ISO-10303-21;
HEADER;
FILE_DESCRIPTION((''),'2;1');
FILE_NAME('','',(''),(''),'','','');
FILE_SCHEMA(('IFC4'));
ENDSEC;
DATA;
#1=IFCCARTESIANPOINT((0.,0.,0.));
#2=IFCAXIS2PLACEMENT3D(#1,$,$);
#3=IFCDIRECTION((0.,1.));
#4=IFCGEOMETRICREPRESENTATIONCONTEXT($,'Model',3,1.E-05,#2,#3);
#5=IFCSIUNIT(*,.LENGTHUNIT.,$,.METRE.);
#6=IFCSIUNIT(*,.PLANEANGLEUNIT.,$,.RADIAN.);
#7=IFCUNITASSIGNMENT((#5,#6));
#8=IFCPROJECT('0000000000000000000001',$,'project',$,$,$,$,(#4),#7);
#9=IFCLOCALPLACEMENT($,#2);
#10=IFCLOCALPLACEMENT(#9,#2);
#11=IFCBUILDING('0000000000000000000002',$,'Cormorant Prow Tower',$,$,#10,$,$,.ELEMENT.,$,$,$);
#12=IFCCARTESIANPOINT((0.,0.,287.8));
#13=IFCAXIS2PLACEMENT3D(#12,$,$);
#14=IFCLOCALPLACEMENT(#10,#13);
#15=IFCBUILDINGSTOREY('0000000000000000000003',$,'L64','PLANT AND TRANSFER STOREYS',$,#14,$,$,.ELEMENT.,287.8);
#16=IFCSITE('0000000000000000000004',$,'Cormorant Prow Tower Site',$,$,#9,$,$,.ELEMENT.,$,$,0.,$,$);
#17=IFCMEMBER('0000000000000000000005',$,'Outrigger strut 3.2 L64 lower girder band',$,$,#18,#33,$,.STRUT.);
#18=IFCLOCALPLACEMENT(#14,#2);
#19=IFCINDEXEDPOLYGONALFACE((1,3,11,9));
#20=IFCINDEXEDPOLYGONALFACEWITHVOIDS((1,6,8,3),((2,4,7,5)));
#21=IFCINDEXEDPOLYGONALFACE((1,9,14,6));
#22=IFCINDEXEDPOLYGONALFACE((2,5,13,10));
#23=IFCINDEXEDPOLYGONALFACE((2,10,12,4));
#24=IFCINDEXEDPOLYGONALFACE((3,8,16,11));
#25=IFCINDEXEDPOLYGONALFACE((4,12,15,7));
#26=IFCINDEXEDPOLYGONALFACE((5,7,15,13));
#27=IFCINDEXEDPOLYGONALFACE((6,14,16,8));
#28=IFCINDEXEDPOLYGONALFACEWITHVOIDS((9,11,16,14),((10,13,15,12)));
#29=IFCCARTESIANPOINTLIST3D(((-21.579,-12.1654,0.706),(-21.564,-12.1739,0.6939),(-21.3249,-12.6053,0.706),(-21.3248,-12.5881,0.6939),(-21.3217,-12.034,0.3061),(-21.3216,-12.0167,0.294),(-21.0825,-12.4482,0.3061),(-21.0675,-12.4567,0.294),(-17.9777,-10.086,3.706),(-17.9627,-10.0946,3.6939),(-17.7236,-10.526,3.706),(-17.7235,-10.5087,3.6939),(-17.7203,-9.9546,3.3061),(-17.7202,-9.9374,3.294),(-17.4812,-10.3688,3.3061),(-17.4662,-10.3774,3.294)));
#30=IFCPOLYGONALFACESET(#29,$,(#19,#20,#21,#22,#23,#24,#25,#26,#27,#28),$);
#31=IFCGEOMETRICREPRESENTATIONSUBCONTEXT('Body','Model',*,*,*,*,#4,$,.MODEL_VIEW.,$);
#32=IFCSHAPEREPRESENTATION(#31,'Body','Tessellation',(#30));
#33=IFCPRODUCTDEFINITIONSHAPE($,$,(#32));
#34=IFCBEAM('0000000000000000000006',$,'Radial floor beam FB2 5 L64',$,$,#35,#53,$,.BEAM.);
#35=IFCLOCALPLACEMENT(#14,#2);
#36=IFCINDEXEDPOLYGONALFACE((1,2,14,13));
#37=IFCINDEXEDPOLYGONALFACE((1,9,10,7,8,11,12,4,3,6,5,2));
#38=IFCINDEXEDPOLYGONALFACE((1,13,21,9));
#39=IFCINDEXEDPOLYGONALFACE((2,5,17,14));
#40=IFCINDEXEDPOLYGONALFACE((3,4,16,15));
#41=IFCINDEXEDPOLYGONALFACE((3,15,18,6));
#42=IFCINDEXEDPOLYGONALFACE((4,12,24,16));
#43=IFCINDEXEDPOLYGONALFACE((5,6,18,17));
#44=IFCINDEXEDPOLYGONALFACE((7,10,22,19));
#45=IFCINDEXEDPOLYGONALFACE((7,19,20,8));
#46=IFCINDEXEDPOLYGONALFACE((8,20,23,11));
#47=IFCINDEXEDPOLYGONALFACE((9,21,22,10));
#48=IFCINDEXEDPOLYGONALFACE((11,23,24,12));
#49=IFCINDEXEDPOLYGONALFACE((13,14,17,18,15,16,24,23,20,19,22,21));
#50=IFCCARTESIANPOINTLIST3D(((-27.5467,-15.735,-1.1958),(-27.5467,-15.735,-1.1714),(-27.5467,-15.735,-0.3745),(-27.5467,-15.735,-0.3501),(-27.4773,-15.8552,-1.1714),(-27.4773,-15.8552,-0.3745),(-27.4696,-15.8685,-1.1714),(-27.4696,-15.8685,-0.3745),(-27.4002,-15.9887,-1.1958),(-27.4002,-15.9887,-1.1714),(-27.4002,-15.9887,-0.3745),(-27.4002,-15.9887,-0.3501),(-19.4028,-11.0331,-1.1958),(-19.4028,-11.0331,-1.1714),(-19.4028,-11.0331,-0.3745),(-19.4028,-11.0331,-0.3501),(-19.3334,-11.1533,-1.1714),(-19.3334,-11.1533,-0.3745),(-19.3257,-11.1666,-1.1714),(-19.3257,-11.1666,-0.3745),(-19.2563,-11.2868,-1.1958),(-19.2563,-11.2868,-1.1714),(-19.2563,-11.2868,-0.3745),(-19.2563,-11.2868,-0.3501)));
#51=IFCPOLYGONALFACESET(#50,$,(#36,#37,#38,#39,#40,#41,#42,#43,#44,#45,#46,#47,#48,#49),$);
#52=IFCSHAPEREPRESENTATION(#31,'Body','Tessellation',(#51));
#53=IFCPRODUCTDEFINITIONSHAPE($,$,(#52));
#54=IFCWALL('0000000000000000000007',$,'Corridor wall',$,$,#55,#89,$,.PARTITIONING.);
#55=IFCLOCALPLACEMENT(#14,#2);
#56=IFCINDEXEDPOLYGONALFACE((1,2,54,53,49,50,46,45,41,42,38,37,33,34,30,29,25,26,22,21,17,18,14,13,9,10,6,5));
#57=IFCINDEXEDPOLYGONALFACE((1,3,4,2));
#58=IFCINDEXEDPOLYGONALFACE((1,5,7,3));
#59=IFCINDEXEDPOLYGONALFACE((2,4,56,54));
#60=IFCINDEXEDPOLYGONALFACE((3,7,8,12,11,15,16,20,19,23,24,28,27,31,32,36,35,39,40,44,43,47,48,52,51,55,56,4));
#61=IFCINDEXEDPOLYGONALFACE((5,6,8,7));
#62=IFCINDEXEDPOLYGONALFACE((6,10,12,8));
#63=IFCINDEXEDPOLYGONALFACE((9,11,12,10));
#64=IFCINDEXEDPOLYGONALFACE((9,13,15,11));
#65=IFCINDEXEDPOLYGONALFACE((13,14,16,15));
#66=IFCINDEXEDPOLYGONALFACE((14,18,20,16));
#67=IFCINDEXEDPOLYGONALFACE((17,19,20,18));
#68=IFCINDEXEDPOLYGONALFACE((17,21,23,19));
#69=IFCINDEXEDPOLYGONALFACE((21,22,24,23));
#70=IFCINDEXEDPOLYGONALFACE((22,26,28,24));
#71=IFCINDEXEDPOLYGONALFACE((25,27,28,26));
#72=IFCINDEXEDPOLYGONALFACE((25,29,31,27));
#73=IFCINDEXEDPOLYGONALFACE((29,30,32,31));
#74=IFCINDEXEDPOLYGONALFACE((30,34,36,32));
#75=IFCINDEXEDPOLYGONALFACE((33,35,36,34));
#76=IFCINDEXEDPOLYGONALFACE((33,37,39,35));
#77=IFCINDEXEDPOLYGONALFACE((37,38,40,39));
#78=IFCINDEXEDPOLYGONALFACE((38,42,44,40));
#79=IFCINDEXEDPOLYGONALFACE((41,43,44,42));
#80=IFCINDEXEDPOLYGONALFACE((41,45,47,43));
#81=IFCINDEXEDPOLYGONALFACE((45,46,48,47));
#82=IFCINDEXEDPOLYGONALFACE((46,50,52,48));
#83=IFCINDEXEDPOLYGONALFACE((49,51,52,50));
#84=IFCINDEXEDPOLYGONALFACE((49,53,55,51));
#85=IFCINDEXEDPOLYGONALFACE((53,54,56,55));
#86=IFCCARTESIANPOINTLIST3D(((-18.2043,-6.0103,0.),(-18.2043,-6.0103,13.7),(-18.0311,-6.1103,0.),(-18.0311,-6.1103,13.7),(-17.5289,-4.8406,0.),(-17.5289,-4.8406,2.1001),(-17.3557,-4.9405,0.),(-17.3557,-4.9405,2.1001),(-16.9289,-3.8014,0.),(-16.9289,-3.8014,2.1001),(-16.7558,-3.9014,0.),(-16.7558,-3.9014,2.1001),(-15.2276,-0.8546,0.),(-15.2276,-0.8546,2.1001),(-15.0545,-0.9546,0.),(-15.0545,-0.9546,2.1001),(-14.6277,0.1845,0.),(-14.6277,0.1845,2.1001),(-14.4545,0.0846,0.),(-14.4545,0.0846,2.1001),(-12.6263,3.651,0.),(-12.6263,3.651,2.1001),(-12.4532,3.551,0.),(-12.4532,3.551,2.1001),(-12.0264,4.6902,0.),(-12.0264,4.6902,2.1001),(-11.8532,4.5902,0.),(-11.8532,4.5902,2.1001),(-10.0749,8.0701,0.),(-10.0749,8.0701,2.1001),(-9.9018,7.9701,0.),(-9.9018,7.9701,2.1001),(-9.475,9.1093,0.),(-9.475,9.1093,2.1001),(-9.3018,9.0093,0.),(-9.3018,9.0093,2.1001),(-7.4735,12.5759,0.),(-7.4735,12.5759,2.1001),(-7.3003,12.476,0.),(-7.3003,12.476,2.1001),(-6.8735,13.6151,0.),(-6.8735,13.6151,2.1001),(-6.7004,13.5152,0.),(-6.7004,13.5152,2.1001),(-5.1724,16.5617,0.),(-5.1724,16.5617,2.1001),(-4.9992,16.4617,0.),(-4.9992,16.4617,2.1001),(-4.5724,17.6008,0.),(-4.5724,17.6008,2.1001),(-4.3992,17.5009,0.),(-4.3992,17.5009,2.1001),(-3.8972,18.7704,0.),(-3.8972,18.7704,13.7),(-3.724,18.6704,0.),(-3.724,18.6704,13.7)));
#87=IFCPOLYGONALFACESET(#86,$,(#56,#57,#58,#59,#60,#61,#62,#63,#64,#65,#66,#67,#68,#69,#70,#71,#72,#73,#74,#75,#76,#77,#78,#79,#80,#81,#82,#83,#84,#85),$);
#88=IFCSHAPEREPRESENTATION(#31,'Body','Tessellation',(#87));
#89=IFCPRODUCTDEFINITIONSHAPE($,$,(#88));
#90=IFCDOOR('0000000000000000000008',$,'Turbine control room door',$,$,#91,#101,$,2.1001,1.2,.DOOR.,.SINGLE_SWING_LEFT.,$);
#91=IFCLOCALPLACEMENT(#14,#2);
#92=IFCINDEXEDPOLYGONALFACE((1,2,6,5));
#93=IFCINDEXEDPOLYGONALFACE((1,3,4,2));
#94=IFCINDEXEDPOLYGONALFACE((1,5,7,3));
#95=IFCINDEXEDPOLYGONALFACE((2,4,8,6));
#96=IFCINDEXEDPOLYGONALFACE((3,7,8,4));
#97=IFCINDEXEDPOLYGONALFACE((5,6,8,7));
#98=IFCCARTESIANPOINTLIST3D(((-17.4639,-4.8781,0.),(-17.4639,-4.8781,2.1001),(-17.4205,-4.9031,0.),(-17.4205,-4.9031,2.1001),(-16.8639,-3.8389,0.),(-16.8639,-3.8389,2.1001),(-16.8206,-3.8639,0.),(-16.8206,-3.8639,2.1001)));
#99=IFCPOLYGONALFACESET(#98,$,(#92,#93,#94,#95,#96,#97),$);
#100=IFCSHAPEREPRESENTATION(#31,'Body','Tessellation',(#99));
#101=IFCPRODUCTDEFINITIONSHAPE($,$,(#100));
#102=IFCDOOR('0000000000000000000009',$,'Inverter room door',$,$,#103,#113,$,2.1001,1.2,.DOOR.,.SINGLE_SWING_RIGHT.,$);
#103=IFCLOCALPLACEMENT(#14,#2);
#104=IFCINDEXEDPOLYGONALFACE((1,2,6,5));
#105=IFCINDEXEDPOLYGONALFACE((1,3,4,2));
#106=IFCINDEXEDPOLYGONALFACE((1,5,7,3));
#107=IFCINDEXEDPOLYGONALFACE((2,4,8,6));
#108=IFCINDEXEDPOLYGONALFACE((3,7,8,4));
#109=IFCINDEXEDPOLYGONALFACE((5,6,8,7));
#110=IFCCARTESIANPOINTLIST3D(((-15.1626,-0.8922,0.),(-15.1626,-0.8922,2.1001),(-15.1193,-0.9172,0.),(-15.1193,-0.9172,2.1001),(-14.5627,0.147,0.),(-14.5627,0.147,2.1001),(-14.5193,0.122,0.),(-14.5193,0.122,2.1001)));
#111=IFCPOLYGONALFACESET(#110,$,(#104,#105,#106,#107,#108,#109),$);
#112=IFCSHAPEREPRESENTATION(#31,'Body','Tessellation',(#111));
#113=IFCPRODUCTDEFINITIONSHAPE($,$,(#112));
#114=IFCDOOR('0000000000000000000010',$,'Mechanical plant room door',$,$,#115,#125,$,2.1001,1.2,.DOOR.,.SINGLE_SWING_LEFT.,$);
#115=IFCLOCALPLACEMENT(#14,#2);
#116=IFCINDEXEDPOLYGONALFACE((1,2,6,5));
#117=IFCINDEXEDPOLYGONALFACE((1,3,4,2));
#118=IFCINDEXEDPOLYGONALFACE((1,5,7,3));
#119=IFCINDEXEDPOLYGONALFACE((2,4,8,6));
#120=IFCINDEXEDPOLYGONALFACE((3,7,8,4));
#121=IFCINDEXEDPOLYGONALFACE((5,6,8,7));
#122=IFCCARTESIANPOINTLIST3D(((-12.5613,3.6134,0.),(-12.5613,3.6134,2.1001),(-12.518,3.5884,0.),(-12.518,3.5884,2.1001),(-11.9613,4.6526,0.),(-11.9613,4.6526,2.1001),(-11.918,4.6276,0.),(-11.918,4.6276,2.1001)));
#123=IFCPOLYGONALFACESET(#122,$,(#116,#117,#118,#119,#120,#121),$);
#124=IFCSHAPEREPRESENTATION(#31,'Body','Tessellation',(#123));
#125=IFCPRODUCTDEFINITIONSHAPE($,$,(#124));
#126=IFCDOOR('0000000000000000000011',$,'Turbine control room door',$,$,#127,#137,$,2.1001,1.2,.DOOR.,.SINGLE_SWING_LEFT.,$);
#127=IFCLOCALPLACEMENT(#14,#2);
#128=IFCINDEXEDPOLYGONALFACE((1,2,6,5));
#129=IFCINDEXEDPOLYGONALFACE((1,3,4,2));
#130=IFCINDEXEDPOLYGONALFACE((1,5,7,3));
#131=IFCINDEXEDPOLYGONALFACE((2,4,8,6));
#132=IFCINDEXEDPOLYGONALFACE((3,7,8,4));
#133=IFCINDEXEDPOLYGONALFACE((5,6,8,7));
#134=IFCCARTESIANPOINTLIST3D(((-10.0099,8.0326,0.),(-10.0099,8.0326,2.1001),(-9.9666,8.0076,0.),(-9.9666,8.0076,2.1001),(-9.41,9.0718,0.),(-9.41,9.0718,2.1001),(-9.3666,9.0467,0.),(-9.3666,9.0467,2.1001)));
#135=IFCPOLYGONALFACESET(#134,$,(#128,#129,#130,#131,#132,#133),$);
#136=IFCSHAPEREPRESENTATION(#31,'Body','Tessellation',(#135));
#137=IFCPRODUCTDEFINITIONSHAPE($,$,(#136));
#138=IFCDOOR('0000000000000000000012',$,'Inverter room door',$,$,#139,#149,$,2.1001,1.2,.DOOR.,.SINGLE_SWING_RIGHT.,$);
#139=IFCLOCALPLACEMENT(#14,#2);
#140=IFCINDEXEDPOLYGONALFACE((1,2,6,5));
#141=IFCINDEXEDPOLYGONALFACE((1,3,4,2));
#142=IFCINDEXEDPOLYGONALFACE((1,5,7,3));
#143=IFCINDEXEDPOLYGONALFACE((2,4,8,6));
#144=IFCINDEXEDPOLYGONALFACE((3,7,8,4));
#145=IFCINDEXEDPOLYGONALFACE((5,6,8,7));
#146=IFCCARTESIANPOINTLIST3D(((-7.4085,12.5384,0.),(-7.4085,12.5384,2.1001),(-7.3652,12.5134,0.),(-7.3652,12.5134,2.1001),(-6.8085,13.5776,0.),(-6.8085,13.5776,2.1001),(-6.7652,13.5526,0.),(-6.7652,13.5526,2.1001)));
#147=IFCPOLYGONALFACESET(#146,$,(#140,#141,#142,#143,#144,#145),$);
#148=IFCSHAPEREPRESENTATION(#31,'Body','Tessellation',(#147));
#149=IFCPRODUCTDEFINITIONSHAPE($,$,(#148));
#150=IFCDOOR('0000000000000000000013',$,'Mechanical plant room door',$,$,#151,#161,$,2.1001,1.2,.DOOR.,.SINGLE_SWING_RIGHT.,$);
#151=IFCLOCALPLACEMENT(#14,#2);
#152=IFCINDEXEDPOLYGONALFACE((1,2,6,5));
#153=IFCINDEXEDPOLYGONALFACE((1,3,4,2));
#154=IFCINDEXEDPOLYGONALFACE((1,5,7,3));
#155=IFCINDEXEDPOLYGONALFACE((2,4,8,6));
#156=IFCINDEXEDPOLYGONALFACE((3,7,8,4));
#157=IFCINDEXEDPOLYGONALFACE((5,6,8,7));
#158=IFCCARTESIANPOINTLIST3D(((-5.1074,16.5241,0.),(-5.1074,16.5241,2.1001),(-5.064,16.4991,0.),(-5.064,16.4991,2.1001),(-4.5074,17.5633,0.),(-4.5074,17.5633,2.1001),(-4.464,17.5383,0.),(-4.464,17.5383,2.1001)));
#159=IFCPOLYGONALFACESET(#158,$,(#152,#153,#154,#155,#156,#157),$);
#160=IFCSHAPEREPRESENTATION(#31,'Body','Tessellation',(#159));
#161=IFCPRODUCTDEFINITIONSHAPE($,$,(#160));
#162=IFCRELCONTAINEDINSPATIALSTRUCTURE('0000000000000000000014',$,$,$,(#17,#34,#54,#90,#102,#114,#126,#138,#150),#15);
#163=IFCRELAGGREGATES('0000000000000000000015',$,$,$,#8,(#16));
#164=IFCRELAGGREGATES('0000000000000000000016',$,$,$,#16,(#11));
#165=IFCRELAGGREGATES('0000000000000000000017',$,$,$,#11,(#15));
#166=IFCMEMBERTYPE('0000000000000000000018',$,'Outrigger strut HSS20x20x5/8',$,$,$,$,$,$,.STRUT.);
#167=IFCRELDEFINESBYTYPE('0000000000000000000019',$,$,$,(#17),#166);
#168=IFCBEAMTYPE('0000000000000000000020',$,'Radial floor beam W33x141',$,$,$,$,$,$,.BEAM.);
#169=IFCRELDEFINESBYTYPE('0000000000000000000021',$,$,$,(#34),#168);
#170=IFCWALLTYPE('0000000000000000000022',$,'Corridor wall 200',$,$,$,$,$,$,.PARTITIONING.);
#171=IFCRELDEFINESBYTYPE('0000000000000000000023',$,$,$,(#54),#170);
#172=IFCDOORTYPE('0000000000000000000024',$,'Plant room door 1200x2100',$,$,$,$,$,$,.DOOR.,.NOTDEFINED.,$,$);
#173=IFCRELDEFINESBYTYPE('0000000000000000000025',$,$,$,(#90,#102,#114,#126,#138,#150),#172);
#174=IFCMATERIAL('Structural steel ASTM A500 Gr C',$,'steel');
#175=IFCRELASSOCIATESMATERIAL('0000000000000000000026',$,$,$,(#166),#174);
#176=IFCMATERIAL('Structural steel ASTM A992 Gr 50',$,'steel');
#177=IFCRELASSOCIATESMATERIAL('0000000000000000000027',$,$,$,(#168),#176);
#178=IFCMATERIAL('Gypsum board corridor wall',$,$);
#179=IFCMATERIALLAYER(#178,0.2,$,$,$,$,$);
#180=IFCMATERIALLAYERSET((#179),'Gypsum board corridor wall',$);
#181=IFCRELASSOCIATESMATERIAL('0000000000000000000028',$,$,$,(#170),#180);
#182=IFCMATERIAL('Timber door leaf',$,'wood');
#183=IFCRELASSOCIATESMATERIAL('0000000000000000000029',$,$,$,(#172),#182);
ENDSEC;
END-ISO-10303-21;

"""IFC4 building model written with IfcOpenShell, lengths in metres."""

from ifc_helpers import new_model, si_unit, direction, frame, frame_2d, origin, origin_2d, place, context, subcontext, project, spatial, rectangle, hollow_rectangle, i_section, extrude, material, layer, layer_set, material_profile, profile_set, type_object, element, fill, save


model = new_model("IFC4")

# Units and contexts
model_context = context("Model", 3, precision=1e-05, world=origin(), true_north=direction((0.0, 1.0)))
body_context = subcontext(model_context, "Body", "Model", "MODEL_VIEW")
ifc_project = project(units=[si_unit("LENGTHUNIT", "METRE"), si_unit("PLANEANGLEUNIT", "RADIAN")], contexts=[model_context])

# Site, building, storey
site_placement = place(None, origin())
site = spatial("IfcSite", under=ifc_project, at=site_placement, Name="Cormorant Prow Tower Site", CompositionType="ELEMENT", RefElevation=0.0)
building_placement = place(site_placement, origin())
building = spatial("IfcBuilding", under=site, at=building_placement, Name="Cormorant Prow Tower", CompositionType="ELEMENT")
storey_placement = place(building_placement, frame((0.0, 0.0, 287.8)))
storey = spatial("IfcBuildingStorey", under=building, at=storey_placement, Name="L64", Description="PLANT AND TRANSFER STOREYS", CompositionType="ELEMENT", Elevation=287.8)

# Member
ifc_material_1 = material(Name="Structural steel ASTM A500 Gr C", Category="steel")
ifc_material_profile_1 = material_profile(ifc_material_1, hollow_rectangle(XDim=0.5081, YDim=0.5081, WallThickness=0.0149, at=origin_2d()), Name="HSS20x20x5/8")
ifc_profile_set_1 = profile_set([ifc_material_profile_1], Name="Structural steel ASTM A500 Gr C")
member_type_1 = type_object("IfcMemberType", Name="Outrigger strut HSS20x20x5/8", PredefinedType="STRUT", material=ifc_profile_set_1)
member_1_placement = place(storey_placement, frame((-17.7219, -10.2317, 3.5), z_axis=(-0.702328, -0.405513, -0.585059), x_axis=(0.500022, -0.866013, 0.0)))
element("IfcMember", 1, at=member_1_placement, inside=storey, type_object=member_type_1, Name="Outrigger strut 3.2 L64 lower girder band", PredefinedType="STRUT", context=body_context, shape_type="SweptSolid", body=[
    extrude(hollow_rectangle(XDim=0.5081, YDim=0.5081, WallThickness=0.0149, at=origin_2d()), origin(), (0.0, 0.0, 1.0), 5.1277),
])

# Beam
ifc_material_2 = material(Name="Structural steel ASTM A992 Gr 50", Category="steel")
ifc_material_profile_2 = material_profile(ifc_material_2, i_section(OverallWidth=0.293, OverallDepth=0.8457, WebThickness=0.0154, FlangeThickness=0.0244, at=origin_2d()), Name="W33x141")
ifc_profile_set_2 = profile_set([ifc_material_profile_2], Name="Structural steel ASTM A992 Gr 50")
beam_type = type_object("IfcBeamType", Name="Radial floor beam W33x141", PredefinedType="BEAM", material=ifc_profile_set_2)
beam_placement = place(storey_placement, frame((-19.3296, -11.1599, -0.7729), z_axis=(-0.866022, -0.500006, 0.0), x_axis=(0.500006, -0.866022, 0.0)))
element("IfcBeam", 2, at=beam_placement, inside=storey, type_object=beam_type, Name="Radial floor beam FB2 5 L64", PredefinedType="BEAM", context=body_context, shape_type="SweptSolid", body=[
    extrude(i_section(OverallWidth=0.293, OverallDepth=0.8457, WebThickness=0.0154, FlangeThickness=0.0244, at=origin_2d()), origin(), (0.0, 0.0, 1.0), 9.4038),
])

# Wall, openings, doors
ifc_material_3 = material(Name="Gypsum board corridor wall")
ifc_layer = layer(ifc_material_3, 0.2)
ifc_layer_set = layer_set([ifc_layer], Name="Gypsum board corridor wall")
wall_type = type_object("IfcWallType", Name="Corridor wall 200", PredefinedType="PARTITIONING", material=ifc_layer_set)
wall_placement = place(storey_placement, frame((-18.1177, -6.0603, 0.0), z_axis=(0.0, 0.0, 1.0), x_axis=(0.499999, 0.866026, 0.0)))
wall = element("IfcWall", 3, at=wall_placement, inside=storey, type_object=wall_type, Name="Corridor wall", PredefinedType="PARTITIONING", context=body_context, shape_type="SweptSolid", body=[
    extrude(rectangle(XDim=28.6143, YDim=0.2, at=frame_2d((14.3071, 0.0))), origin(), (0.0, 0.0, 1.0), 13.7),
])
opening_1_placement = place(wall_placement, frame((1.3506, 0.0, 0.0)))
opening_1 = element("IfcOpeningElement", 4, at=opening_1_placement, cuts=wall, PredefinedType="OPENING", context=body_context, shape_type="SweptSolid", body=[
    extrude(rectangle(XDim=1.2, YDim=2.1001, at=frame_2d((0.6001, 1.05))), frame((0.0, 0.1099, 0.0), z_axis=(0.0, -1.0, 0.0), x_axis=(1.0, 0.0, 0.0)), (0.0, 0.0, 1.0), 0.22),
])
opening_2_placement = place(wall_placement, frame((5.9531, 0.0, 0.0)))
opening_2 = element("IfcOpeningElement", 5, at=opening_2_placement, cuts=wall, PredefinedType="OPENING", context=body_context, shape_type="SweptSolid", body=[
    extrude(rectangle(XDim=1.2, YDim=2.1001, at=frame_2d((0.6001, 1.05))), frame((0.0, 0.1099, 0.0), z_axis=(0.0, -1.0, 0.0), x_axis=(1.0, 0.0, 0.0)), (0.0, 0.0, 1.0), 0.22),
])
opening_3_placement = place(wall_placement, frame((11.1558, 0.0, 0.0)))
opening_3 = element("IfcOpeningElement", 6, at=opening_3_placement, cuts=wall, PredefinedType="OPENING", context=body_context, shape_type="SweptSolid", body=[
    extrude(rectangle(XDim=1.2, YDim=2.1001, at=frame_2d((0.6001, 1.05))), frame((0.0, 0.1099, 0.0), z_axis=(0.0, -1.0, 0.0), x_axis=(1.0, 0.0, 0.0)), (0.0, 0.0, 1.0), 0.22),
])
opening_4_placement = place(wall_placement, frame((16.2585, 0.0, 0.0)))
opening_4 = element("IfcOpeningElement", 7, at=opening_4_placement, cuts=wall, PredefinedType="OPENING", context=body_context, shape_type="SweptSolid", body=[
    extrude(rectangle(XDim=1.2, YDim=2.1001, at=frame_2d((0.6001, 1.05))), frame((0.0, 0.1099, 0.0), z_axis=(0.0, -1.0, 0.0), x_axis=(1.0, 0.0, 0.0)), (0.0, 0.0, 1.0), 0.22),
])
opening_5_placement = place(wall_placement, frame((21.4614, 0.0, 0.0)))
opening_5 = element("IfcOpeningElement", 8, at=opening_5_placement, cuts=wall, PredefinedType="OPENING", context=body_context, shape_type="SweptSolid", body=[
    extrude(rectangle(XDim=1.2, YDim=2.1001, at=frame_2d((0.6001, 1.05))), frame((0.0, 0.1099, 0.0), z_axis=(0.0, -1.0, 0.0), x_axis=(1.0, 0.0, 0.0)), (0.0, 0.0, 1.0), 0.22),
])
opening_6_placement = place(wall_placement, frame((26.0637, 0.0, 0.0)))
opening_6 = element("IfcOpeningElement", 9, at=opening_6_placement, cuts=wall, PredefinedType="OPENING", context=body_context, shape_type="SweptSolid", body=[
    extrude(rectangle(XDim=1.2, YDim=2.1001, at=frame_2d((0.6001, 1.05))), frame((0.0, 0.1099, 0.0), z_axis=(0.0, -1.0, 0.0), x_axis=(1.0, 0.0, 0.0)), (0.0, 0.0, 1.0), 0.22),
])
ifc_material_4 = material(Name="Timber door leaf", Category="wood")
door_type = type_object("IfcDoorType", Name="Plant room door 1200x2100", OperationType="NOTDEFINED", PredefinedType="DOOR", material=ifc_material_4)
door_1_placement = place(opening_1_placement, origin())
door_1 = element("IfcDoor", 10, at=door_1_placement, inside=storey, type_object=door_type, Name="Turbine control room door", OperationType="SINGLE_SWING_LEFT", OverallHeight=2.1001, OverallWidth=1.2, PredefinedType="DOOR", context=body_context, shape_type="SweptSolid", body=[
    extrude(rectangle(XDim=1.2, YDim=2.1001, at=frame_2d((0.6001, 1.05))), frame((0.0, 0.0249, 0.0), z_axis=(0.0, -1.0, 0.0), x_axis=(1.0, 0.0, 0.0)), (0.0, 0.0, 1.0), 0.05),
])
fill(opening_1, door_1)
door_2_placement = place(opening_2_placement, origin())
door_2 = element("IfcDoor", 11, at=door_2_placement, inside=storey, type_object=door_type, Name="Inverter room door", OperationType="SINGLE_SWING_RIGHT", OverallHeight=2.1001, OverallWidth=1.2, PredefinedType="DOOR", context=body_context, shape_type="SweptSolid", body=[
    extrude(rectangle(XDim=1.2, YDim=2.1001, at=frame_2d((0.6001, 1.05))), frame((0.0, 0.0249, 0.0), z_axis=(0.0, -1.0, 0.0), x_axis=(1.0, 0.0, 0.0)), (0.0, 0.0, 1.0), 0.05),
])
fill(opening_2, door_2)
door_3_placement = place(opening_3_placement, origin())
door_3 = element("IfcDoor", 12, at=door_3_placement, inside=storey, type_object=door_type, Name="Mechanical plant room door", OperationType="SINGLE_SWING_LEFT", OverallHeight=2.1001, OverallWidth=1.2, PredefinedType="DOOR", context=body_context, shape_type="SweptSolid", body=[
    extrude(rectangle(XDim=1.2, YDim=2.1001, at=frame_2d((0.6001, 1.05))), frame((0.0, 0.0249, 0.0), z_axis=(0.0, -1.0, 0.0), x_axis=(1.0, 0.0, 0.0)), (0.0, 0.0, 1.0), 0.05),
])
fill(opening_3, door_3)
door_4_placement = place(opening_4_placement, origin())
door_4 = element("IfcDoor", 13, at=door_4_placement, inside=storey, type_object=door_type, Name="Turbine control room door", OperationType="SINGLE_SWING_LEFT", OverallHeight=2.1001, OverallWidth=1.2, PredefinedType="DOOR", context=body_context, shape_type="SweptSolid", body=[
    extrude(rectangle(XDim=1.2, YDim=2.1001, at=frame_2d((0.6001, 1.05))), frame((0.0, 0.0249, 0.0), z_axis=(0.0, -1.0, 0.0), x_axis=(1.0, 0.0, 0.0)), (0.0, 0.0, 1.0), 0.05),
])
fill(opening_4, door_4)
door_5_placement = place(opening_5_placement, origin())
door_5 = element("IfcDoor", 14, at=door_5_placement, inside=storey, type_object=door_type, Name="Inverter room door", OperationType="SINGLE_SWING_RIGHT", OverallHeight=2.1001, OverallWidth=1.2, PredefinedType="DOOR", context=body_context, shape_type="SweptSolid", body=[
    extrude(rectangle(XDim=1.2, YDim=2.1001, at=frame_2d((0.6001, 1.05))), frame((0.0, 0.0249, 0.0), z_axis=(0.0, -1.0, 0.0), x_axis=(1.0, 0.0, 0.0)), (0.0, 0.0, 1.0), 0.05),
])
fill(opening_5, door_5)
door_6_placement = place(opening_6_placement, origin())
door_6 = element("IfcDoor", 15, at=door_6_placement, inside=storey, type_object=door_type, Name="Mechanical plant room door", OperationType="SINGLE_SWING_RIGHT", OverallHeight=2.1001, OverallWidth=1.2, PredefinedType="DOOR", context=body_context, shape_type="SweptSolid", body=[
    extrude(rectangle(XDim=1.2, YDim=2.1001, at=frame_2d((0.6001, 1.05))), frame((0.0, 0.0249, 0.0), z_axis=(0.0, -1.0, 0.0), x_axis=(1.0, 0.0, 0.0)), (0.0, 0.0, 1.0), 0.05),
])
fill(opening_6, door_6)

save(model, "model.ifc")
